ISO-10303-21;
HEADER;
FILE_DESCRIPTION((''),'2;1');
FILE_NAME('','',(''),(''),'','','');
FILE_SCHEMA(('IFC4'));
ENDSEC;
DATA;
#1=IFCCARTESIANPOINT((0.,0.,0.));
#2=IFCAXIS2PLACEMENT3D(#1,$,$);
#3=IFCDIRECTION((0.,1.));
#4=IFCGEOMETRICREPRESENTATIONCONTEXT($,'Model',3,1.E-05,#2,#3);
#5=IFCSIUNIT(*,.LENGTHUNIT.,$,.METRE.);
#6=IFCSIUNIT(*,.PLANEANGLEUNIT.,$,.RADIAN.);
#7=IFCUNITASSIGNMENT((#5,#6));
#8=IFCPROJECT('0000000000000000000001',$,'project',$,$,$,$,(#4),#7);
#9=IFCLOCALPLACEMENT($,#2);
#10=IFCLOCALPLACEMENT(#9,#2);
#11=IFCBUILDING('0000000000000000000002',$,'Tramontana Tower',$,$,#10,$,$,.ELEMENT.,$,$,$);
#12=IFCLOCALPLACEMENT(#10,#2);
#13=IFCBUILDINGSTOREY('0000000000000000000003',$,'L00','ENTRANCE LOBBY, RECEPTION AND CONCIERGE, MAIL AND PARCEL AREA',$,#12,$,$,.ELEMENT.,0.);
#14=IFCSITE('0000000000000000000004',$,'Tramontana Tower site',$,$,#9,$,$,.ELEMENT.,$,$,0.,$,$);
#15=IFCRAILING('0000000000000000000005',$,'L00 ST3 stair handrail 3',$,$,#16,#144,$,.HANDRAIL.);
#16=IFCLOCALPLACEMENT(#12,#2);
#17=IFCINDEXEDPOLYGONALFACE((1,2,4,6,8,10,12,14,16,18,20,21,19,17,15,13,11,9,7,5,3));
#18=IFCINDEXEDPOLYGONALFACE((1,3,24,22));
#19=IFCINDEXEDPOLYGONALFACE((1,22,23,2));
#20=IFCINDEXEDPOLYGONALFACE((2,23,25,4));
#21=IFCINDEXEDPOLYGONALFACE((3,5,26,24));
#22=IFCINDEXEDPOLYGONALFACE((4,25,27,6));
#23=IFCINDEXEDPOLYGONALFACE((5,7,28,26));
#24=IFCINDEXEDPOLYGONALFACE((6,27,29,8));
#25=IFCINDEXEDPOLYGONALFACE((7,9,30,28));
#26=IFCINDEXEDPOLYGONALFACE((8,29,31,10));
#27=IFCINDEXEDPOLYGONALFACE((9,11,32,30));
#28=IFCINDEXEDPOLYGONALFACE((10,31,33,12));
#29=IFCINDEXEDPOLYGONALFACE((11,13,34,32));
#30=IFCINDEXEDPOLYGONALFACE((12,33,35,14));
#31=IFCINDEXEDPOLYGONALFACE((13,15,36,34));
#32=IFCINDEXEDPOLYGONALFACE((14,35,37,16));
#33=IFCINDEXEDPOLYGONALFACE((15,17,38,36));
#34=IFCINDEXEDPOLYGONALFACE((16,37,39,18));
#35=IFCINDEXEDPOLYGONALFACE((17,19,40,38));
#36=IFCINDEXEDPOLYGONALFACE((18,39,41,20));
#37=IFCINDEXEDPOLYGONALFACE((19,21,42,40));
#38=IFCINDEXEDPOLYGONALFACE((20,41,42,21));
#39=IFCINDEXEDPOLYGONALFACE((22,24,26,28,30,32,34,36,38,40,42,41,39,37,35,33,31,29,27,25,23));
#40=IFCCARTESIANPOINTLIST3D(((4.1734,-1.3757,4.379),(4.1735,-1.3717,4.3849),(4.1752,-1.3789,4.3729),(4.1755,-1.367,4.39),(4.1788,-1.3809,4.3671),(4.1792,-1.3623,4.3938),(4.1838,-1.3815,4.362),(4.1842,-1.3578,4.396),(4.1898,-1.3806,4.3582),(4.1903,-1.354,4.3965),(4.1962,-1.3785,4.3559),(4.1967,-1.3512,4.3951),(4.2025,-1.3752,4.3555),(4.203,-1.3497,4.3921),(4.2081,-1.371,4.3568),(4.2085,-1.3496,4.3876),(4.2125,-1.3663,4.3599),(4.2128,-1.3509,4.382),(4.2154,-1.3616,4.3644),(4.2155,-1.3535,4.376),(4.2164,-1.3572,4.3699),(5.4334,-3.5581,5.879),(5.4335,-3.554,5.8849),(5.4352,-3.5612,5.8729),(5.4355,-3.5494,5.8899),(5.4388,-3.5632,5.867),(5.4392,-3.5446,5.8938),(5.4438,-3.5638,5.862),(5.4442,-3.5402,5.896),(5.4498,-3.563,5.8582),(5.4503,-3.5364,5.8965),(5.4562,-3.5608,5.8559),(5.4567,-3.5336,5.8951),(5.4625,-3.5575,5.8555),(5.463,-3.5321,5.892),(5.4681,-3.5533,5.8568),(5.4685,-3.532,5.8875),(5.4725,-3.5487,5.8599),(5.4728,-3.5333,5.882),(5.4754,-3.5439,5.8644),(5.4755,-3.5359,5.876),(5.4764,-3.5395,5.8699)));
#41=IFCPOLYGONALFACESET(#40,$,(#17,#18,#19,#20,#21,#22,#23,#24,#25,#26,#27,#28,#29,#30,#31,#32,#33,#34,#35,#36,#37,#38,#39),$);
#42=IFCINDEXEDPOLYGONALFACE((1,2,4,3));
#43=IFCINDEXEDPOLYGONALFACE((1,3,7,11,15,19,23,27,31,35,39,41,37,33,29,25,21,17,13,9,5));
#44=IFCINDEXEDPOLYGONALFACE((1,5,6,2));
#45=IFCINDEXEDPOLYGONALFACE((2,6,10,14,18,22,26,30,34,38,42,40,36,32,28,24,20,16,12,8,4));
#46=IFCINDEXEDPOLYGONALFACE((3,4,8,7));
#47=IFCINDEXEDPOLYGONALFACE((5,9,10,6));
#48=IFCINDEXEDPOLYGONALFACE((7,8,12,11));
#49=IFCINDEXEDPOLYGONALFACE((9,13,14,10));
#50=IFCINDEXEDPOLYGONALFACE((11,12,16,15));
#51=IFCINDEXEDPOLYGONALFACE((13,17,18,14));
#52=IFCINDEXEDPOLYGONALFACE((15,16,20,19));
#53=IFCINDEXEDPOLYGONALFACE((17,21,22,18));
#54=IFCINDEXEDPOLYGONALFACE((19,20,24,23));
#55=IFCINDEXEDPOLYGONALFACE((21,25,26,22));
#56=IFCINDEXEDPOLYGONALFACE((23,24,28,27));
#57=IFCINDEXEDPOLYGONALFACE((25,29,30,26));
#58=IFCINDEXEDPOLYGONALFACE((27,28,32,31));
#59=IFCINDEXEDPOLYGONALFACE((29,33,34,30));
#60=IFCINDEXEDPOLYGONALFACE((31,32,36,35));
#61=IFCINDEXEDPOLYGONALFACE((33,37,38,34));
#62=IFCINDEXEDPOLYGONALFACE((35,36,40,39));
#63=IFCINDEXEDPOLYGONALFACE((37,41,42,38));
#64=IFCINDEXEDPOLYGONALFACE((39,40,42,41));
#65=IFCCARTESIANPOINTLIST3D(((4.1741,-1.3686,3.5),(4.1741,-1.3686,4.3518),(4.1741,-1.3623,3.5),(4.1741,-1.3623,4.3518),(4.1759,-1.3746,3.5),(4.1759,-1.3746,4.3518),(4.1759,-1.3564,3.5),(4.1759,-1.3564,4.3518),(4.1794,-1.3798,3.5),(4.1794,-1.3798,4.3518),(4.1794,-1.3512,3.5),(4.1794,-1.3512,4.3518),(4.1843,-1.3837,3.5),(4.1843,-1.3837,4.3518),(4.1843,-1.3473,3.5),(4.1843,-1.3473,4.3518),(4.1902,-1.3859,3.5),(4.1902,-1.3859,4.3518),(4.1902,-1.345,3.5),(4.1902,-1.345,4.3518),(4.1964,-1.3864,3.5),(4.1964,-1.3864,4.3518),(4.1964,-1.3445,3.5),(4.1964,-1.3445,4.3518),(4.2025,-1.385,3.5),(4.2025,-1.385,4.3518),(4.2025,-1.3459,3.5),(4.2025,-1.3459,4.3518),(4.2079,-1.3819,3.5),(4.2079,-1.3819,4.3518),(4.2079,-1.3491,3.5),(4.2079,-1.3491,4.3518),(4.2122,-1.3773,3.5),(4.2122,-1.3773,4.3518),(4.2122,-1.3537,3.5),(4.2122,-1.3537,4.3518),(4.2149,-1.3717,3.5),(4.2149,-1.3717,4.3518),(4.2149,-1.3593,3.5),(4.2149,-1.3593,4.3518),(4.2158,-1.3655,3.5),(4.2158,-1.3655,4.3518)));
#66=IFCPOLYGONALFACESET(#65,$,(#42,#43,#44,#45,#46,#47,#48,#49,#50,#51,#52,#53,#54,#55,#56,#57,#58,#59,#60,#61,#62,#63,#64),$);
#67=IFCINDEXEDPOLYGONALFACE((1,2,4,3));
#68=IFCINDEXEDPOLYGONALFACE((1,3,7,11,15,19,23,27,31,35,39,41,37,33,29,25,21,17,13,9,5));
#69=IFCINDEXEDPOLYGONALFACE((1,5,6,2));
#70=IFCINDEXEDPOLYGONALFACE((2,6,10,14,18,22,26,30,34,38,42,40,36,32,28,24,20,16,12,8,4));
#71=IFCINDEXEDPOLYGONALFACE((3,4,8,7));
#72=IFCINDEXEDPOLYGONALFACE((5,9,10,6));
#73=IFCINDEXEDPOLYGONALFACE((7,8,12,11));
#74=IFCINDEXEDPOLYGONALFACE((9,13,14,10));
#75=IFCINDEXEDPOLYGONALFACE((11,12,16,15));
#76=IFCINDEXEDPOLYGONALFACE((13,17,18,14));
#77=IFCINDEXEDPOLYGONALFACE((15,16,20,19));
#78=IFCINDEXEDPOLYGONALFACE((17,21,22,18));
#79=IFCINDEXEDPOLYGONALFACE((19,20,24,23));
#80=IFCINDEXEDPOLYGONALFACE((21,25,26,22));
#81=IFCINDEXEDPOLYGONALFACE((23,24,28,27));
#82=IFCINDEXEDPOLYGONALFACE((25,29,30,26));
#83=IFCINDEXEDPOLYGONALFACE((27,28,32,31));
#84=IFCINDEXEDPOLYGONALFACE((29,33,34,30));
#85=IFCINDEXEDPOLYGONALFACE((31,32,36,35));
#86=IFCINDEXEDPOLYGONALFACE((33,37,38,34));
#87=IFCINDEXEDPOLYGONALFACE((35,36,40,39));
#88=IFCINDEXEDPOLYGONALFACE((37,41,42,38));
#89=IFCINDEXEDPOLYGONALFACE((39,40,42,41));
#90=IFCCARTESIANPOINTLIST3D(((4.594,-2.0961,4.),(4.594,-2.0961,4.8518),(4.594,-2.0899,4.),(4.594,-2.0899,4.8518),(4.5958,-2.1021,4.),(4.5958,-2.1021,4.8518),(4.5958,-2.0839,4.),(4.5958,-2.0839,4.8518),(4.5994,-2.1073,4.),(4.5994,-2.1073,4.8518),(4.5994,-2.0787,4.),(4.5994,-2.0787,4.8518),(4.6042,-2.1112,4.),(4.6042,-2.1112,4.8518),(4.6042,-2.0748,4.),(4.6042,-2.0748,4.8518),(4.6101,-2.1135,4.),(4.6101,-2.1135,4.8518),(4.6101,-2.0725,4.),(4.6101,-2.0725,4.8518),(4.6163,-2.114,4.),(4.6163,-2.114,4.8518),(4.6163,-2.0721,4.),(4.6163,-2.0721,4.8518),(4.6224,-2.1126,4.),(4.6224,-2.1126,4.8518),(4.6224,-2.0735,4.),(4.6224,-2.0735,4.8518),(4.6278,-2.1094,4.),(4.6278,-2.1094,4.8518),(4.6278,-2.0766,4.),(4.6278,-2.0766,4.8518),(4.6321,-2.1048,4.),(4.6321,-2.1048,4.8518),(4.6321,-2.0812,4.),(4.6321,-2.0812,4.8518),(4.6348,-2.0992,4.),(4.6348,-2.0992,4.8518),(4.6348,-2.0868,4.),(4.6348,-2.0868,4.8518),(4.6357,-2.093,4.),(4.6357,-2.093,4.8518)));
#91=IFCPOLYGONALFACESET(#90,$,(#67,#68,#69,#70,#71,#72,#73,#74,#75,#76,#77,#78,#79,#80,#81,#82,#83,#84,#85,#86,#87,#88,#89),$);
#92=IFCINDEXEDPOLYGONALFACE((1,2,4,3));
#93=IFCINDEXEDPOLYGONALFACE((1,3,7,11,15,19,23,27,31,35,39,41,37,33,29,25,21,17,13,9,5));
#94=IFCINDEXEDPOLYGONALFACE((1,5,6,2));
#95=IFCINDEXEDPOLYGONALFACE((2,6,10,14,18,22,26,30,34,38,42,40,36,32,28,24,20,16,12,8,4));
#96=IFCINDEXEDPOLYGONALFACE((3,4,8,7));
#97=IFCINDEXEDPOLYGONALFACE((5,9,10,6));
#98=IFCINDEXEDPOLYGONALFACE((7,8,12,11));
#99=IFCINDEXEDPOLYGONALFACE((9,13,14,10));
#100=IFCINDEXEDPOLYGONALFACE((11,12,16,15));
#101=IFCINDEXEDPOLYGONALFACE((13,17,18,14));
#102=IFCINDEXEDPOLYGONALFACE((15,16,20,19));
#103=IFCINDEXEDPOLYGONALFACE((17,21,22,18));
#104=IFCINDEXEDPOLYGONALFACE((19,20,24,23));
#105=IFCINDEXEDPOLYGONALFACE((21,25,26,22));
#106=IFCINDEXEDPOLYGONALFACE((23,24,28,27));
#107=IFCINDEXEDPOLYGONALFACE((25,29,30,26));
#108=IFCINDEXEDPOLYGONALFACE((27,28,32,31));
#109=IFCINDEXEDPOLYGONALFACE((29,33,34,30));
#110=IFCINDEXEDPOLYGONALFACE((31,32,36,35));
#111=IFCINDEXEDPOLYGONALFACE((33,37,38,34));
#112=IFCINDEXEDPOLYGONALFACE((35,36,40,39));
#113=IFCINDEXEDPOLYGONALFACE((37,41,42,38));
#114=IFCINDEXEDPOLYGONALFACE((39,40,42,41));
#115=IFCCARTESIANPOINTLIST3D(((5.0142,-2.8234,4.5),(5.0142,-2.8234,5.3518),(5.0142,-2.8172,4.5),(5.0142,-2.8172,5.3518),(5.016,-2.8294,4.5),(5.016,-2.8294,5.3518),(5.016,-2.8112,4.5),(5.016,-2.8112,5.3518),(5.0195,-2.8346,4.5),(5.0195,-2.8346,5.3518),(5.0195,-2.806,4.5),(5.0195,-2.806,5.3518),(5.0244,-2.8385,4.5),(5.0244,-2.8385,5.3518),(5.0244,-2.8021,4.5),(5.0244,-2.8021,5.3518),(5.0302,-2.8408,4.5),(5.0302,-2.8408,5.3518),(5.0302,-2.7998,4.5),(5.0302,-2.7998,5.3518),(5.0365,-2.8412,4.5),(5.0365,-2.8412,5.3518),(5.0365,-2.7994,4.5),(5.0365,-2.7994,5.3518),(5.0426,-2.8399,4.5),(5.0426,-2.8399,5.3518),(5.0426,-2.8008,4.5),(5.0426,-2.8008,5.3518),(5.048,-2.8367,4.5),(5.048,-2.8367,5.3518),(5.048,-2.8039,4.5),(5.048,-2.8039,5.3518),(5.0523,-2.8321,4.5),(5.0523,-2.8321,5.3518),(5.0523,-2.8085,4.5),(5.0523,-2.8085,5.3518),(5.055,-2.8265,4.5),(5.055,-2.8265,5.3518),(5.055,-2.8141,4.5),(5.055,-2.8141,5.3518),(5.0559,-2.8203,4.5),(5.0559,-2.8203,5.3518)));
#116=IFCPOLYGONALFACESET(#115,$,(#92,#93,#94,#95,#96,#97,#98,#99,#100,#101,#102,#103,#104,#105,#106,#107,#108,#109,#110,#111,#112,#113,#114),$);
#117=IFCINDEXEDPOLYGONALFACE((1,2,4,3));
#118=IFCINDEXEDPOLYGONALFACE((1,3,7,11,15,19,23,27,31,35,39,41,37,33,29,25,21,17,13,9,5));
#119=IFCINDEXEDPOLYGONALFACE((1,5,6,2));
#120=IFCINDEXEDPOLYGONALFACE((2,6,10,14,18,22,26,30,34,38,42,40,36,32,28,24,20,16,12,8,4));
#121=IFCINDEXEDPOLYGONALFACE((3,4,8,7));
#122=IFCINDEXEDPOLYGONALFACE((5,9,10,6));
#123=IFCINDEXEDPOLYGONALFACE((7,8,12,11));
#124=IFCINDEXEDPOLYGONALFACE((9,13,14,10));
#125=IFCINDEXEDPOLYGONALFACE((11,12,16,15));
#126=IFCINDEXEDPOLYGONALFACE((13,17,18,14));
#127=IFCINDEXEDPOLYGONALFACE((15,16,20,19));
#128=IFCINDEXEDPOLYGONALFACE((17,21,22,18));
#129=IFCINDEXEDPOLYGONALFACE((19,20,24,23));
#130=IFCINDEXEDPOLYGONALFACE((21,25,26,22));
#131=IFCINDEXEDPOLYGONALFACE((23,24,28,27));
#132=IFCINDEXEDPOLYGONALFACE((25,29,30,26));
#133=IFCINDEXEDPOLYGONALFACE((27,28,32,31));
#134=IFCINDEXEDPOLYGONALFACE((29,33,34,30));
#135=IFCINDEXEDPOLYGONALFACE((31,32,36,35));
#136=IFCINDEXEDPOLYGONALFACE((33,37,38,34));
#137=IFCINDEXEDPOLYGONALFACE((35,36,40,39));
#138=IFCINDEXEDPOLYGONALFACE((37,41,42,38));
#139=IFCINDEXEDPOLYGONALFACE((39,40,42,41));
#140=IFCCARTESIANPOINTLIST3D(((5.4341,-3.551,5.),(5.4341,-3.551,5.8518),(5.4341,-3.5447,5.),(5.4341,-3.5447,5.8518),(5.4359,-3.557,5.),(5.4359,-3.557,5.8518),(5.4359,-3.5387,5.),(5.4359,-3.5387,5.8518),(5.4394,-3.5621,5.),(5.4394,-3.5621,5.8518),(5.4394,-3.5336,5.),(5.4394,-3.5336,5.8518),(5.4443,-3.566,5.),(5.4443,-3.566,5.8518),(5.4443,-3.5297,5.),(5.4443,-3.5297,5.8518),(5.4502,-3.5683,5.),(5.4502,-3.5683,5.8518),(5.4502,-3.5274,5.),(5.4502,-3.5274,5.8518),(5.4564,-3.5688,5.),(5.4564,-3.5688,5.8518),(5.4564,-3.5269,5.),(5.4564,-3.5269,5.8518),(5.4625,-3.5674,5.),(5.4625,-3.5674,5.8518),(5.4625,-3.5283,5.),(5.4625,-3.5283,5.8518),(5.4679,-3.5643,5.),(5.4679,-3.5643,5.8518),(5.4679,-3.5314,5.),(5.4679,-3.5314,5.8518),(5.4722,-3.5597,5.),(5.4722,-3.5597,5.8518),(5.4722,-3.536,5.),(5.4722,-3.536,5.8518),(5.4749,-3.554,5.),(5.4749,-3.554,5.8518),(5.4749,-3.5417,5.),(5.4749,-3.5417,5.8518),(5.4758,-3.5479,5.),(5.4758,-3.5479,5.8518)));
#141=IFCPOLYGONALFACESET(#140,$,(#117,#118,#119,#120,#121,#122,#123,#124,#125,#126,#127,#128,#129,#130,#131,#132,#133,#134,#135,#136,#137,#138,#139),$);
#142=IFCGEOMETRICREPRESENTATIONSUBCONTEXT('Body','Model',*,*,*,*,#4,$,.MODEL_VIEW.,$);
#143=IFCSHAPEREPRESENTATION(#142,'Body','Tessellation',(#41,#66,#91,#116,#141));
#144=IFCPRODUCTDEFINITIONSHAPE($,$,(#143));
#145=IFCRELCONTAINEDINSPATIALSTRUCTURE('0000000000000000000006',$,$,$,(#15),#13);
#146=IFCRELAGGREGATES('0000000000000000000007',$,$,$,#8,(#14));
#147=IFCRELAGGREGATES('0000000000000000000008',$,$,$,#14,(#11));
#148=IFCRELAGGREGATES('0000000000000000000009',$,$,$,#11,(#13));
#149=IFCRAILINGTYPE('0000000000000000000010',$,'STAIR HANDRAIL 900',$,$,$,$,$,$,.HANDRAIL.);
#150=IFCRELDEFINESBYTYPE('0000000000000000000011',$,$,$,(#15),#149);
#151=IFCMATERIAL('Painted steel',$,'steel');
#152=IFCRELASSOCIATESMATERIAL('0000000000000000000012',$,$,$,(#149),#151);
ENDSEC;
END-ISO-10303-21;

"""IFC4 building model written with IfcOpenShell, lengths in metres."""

from ifc_helpers import new_model, si_unit, direction, frame, origin, origin_2d, place, context, subcontext, project, spatial, circle, extrude, material, type_object, element, save


model = new_model("IFC4")

# Units and contexts
model_context = context("Model", 3, precision=1e-05, world=origin(), true_north=direction((0.0, 1.0)))
body_context = subcontext(model_context, "Body", "Model", "MODEL_VIEW")
ifc_project = project(units=[si_unit("LENGTHUNIT", "METRE"), si_unit("PLANEANGLEUNIT", "RADIAN")], contexts=[model_context])

# Site, building, storey
site_placement = place(None, origin())
site = spatial("IfcSite", under=ifc_project, at=site_placement, Name="Tramontana Tower site", CompositionType="ELEMENT", RefElevation=0.0)
building_placement = place(site_placement, origin())
building = spatial("IfcBuilding", under=site, at=building_placement, Name="Tramontana Tower", CompositionType="ELEMENT")
storey_placement = place(building_placement, origin())
storey = spatial("IfcBuildingStorey", under=building, at=storey_placement, Name="L00", Description="ENTRANCE LOBBY, RECEPTION AND CONCIERGE, MAIL AND PARCEL AREA", CompositionType="ELEMENT", Elevation=0.0)

# Railing
ifc_material_1 = material(Name="Painted steel", Category="steel")
railing_type_1 = type_object("IfcRailingType", Name="STAIR HANDRAIL 900", PredefinedType="HANDRAIL", material=ifc_material_1)
for number, where, name in (
    (1, (4.1948, -1.3655, 3.5), "L00 ST3 stair handrail 3"),
):
    element("IfcRailing", number, at=place(storey_placement, frame(where)), inside=storey, type_object=railing_type_1, Name=name, PredefinedType="HANDRAIL", context=body_context, shape_type="SweptSolid", body=[
        extrude(circle(Radius=0.0239, at=origin_2d()), frame((0.0, 0.0, 0.876), z_axis=(0.42965, -0.744167, 0.511485), x_axis=(0.866023, 0.500005, 0.0)), (0.0, 0.0, 1.0), 2.9326),
        extrude(circle(Radius=0.021, at=origin_2d()), origin(), (0.0, 0.0, 1.0), 0.8518),
        extrude(circle(Radius=0.021, at=origin_2d()), frame((0.4199, -0.7275, 0.5)), (0.0, 0.0, 1.0), 0.8518),
        extrude(circle(Radius=0.021, at=origin_2d()), frame((0.8401, -1.4548, 1.0)), (0.0, 0.0, 1.0), 0.8518),
        extrude(circle(Radius=0.021, at=origin_2d()), frame((1.26, -2.1824, 1.5)), (0.0, 0.0, 1.0), 0.8518),
    ])

save(model, "model.ifc")
